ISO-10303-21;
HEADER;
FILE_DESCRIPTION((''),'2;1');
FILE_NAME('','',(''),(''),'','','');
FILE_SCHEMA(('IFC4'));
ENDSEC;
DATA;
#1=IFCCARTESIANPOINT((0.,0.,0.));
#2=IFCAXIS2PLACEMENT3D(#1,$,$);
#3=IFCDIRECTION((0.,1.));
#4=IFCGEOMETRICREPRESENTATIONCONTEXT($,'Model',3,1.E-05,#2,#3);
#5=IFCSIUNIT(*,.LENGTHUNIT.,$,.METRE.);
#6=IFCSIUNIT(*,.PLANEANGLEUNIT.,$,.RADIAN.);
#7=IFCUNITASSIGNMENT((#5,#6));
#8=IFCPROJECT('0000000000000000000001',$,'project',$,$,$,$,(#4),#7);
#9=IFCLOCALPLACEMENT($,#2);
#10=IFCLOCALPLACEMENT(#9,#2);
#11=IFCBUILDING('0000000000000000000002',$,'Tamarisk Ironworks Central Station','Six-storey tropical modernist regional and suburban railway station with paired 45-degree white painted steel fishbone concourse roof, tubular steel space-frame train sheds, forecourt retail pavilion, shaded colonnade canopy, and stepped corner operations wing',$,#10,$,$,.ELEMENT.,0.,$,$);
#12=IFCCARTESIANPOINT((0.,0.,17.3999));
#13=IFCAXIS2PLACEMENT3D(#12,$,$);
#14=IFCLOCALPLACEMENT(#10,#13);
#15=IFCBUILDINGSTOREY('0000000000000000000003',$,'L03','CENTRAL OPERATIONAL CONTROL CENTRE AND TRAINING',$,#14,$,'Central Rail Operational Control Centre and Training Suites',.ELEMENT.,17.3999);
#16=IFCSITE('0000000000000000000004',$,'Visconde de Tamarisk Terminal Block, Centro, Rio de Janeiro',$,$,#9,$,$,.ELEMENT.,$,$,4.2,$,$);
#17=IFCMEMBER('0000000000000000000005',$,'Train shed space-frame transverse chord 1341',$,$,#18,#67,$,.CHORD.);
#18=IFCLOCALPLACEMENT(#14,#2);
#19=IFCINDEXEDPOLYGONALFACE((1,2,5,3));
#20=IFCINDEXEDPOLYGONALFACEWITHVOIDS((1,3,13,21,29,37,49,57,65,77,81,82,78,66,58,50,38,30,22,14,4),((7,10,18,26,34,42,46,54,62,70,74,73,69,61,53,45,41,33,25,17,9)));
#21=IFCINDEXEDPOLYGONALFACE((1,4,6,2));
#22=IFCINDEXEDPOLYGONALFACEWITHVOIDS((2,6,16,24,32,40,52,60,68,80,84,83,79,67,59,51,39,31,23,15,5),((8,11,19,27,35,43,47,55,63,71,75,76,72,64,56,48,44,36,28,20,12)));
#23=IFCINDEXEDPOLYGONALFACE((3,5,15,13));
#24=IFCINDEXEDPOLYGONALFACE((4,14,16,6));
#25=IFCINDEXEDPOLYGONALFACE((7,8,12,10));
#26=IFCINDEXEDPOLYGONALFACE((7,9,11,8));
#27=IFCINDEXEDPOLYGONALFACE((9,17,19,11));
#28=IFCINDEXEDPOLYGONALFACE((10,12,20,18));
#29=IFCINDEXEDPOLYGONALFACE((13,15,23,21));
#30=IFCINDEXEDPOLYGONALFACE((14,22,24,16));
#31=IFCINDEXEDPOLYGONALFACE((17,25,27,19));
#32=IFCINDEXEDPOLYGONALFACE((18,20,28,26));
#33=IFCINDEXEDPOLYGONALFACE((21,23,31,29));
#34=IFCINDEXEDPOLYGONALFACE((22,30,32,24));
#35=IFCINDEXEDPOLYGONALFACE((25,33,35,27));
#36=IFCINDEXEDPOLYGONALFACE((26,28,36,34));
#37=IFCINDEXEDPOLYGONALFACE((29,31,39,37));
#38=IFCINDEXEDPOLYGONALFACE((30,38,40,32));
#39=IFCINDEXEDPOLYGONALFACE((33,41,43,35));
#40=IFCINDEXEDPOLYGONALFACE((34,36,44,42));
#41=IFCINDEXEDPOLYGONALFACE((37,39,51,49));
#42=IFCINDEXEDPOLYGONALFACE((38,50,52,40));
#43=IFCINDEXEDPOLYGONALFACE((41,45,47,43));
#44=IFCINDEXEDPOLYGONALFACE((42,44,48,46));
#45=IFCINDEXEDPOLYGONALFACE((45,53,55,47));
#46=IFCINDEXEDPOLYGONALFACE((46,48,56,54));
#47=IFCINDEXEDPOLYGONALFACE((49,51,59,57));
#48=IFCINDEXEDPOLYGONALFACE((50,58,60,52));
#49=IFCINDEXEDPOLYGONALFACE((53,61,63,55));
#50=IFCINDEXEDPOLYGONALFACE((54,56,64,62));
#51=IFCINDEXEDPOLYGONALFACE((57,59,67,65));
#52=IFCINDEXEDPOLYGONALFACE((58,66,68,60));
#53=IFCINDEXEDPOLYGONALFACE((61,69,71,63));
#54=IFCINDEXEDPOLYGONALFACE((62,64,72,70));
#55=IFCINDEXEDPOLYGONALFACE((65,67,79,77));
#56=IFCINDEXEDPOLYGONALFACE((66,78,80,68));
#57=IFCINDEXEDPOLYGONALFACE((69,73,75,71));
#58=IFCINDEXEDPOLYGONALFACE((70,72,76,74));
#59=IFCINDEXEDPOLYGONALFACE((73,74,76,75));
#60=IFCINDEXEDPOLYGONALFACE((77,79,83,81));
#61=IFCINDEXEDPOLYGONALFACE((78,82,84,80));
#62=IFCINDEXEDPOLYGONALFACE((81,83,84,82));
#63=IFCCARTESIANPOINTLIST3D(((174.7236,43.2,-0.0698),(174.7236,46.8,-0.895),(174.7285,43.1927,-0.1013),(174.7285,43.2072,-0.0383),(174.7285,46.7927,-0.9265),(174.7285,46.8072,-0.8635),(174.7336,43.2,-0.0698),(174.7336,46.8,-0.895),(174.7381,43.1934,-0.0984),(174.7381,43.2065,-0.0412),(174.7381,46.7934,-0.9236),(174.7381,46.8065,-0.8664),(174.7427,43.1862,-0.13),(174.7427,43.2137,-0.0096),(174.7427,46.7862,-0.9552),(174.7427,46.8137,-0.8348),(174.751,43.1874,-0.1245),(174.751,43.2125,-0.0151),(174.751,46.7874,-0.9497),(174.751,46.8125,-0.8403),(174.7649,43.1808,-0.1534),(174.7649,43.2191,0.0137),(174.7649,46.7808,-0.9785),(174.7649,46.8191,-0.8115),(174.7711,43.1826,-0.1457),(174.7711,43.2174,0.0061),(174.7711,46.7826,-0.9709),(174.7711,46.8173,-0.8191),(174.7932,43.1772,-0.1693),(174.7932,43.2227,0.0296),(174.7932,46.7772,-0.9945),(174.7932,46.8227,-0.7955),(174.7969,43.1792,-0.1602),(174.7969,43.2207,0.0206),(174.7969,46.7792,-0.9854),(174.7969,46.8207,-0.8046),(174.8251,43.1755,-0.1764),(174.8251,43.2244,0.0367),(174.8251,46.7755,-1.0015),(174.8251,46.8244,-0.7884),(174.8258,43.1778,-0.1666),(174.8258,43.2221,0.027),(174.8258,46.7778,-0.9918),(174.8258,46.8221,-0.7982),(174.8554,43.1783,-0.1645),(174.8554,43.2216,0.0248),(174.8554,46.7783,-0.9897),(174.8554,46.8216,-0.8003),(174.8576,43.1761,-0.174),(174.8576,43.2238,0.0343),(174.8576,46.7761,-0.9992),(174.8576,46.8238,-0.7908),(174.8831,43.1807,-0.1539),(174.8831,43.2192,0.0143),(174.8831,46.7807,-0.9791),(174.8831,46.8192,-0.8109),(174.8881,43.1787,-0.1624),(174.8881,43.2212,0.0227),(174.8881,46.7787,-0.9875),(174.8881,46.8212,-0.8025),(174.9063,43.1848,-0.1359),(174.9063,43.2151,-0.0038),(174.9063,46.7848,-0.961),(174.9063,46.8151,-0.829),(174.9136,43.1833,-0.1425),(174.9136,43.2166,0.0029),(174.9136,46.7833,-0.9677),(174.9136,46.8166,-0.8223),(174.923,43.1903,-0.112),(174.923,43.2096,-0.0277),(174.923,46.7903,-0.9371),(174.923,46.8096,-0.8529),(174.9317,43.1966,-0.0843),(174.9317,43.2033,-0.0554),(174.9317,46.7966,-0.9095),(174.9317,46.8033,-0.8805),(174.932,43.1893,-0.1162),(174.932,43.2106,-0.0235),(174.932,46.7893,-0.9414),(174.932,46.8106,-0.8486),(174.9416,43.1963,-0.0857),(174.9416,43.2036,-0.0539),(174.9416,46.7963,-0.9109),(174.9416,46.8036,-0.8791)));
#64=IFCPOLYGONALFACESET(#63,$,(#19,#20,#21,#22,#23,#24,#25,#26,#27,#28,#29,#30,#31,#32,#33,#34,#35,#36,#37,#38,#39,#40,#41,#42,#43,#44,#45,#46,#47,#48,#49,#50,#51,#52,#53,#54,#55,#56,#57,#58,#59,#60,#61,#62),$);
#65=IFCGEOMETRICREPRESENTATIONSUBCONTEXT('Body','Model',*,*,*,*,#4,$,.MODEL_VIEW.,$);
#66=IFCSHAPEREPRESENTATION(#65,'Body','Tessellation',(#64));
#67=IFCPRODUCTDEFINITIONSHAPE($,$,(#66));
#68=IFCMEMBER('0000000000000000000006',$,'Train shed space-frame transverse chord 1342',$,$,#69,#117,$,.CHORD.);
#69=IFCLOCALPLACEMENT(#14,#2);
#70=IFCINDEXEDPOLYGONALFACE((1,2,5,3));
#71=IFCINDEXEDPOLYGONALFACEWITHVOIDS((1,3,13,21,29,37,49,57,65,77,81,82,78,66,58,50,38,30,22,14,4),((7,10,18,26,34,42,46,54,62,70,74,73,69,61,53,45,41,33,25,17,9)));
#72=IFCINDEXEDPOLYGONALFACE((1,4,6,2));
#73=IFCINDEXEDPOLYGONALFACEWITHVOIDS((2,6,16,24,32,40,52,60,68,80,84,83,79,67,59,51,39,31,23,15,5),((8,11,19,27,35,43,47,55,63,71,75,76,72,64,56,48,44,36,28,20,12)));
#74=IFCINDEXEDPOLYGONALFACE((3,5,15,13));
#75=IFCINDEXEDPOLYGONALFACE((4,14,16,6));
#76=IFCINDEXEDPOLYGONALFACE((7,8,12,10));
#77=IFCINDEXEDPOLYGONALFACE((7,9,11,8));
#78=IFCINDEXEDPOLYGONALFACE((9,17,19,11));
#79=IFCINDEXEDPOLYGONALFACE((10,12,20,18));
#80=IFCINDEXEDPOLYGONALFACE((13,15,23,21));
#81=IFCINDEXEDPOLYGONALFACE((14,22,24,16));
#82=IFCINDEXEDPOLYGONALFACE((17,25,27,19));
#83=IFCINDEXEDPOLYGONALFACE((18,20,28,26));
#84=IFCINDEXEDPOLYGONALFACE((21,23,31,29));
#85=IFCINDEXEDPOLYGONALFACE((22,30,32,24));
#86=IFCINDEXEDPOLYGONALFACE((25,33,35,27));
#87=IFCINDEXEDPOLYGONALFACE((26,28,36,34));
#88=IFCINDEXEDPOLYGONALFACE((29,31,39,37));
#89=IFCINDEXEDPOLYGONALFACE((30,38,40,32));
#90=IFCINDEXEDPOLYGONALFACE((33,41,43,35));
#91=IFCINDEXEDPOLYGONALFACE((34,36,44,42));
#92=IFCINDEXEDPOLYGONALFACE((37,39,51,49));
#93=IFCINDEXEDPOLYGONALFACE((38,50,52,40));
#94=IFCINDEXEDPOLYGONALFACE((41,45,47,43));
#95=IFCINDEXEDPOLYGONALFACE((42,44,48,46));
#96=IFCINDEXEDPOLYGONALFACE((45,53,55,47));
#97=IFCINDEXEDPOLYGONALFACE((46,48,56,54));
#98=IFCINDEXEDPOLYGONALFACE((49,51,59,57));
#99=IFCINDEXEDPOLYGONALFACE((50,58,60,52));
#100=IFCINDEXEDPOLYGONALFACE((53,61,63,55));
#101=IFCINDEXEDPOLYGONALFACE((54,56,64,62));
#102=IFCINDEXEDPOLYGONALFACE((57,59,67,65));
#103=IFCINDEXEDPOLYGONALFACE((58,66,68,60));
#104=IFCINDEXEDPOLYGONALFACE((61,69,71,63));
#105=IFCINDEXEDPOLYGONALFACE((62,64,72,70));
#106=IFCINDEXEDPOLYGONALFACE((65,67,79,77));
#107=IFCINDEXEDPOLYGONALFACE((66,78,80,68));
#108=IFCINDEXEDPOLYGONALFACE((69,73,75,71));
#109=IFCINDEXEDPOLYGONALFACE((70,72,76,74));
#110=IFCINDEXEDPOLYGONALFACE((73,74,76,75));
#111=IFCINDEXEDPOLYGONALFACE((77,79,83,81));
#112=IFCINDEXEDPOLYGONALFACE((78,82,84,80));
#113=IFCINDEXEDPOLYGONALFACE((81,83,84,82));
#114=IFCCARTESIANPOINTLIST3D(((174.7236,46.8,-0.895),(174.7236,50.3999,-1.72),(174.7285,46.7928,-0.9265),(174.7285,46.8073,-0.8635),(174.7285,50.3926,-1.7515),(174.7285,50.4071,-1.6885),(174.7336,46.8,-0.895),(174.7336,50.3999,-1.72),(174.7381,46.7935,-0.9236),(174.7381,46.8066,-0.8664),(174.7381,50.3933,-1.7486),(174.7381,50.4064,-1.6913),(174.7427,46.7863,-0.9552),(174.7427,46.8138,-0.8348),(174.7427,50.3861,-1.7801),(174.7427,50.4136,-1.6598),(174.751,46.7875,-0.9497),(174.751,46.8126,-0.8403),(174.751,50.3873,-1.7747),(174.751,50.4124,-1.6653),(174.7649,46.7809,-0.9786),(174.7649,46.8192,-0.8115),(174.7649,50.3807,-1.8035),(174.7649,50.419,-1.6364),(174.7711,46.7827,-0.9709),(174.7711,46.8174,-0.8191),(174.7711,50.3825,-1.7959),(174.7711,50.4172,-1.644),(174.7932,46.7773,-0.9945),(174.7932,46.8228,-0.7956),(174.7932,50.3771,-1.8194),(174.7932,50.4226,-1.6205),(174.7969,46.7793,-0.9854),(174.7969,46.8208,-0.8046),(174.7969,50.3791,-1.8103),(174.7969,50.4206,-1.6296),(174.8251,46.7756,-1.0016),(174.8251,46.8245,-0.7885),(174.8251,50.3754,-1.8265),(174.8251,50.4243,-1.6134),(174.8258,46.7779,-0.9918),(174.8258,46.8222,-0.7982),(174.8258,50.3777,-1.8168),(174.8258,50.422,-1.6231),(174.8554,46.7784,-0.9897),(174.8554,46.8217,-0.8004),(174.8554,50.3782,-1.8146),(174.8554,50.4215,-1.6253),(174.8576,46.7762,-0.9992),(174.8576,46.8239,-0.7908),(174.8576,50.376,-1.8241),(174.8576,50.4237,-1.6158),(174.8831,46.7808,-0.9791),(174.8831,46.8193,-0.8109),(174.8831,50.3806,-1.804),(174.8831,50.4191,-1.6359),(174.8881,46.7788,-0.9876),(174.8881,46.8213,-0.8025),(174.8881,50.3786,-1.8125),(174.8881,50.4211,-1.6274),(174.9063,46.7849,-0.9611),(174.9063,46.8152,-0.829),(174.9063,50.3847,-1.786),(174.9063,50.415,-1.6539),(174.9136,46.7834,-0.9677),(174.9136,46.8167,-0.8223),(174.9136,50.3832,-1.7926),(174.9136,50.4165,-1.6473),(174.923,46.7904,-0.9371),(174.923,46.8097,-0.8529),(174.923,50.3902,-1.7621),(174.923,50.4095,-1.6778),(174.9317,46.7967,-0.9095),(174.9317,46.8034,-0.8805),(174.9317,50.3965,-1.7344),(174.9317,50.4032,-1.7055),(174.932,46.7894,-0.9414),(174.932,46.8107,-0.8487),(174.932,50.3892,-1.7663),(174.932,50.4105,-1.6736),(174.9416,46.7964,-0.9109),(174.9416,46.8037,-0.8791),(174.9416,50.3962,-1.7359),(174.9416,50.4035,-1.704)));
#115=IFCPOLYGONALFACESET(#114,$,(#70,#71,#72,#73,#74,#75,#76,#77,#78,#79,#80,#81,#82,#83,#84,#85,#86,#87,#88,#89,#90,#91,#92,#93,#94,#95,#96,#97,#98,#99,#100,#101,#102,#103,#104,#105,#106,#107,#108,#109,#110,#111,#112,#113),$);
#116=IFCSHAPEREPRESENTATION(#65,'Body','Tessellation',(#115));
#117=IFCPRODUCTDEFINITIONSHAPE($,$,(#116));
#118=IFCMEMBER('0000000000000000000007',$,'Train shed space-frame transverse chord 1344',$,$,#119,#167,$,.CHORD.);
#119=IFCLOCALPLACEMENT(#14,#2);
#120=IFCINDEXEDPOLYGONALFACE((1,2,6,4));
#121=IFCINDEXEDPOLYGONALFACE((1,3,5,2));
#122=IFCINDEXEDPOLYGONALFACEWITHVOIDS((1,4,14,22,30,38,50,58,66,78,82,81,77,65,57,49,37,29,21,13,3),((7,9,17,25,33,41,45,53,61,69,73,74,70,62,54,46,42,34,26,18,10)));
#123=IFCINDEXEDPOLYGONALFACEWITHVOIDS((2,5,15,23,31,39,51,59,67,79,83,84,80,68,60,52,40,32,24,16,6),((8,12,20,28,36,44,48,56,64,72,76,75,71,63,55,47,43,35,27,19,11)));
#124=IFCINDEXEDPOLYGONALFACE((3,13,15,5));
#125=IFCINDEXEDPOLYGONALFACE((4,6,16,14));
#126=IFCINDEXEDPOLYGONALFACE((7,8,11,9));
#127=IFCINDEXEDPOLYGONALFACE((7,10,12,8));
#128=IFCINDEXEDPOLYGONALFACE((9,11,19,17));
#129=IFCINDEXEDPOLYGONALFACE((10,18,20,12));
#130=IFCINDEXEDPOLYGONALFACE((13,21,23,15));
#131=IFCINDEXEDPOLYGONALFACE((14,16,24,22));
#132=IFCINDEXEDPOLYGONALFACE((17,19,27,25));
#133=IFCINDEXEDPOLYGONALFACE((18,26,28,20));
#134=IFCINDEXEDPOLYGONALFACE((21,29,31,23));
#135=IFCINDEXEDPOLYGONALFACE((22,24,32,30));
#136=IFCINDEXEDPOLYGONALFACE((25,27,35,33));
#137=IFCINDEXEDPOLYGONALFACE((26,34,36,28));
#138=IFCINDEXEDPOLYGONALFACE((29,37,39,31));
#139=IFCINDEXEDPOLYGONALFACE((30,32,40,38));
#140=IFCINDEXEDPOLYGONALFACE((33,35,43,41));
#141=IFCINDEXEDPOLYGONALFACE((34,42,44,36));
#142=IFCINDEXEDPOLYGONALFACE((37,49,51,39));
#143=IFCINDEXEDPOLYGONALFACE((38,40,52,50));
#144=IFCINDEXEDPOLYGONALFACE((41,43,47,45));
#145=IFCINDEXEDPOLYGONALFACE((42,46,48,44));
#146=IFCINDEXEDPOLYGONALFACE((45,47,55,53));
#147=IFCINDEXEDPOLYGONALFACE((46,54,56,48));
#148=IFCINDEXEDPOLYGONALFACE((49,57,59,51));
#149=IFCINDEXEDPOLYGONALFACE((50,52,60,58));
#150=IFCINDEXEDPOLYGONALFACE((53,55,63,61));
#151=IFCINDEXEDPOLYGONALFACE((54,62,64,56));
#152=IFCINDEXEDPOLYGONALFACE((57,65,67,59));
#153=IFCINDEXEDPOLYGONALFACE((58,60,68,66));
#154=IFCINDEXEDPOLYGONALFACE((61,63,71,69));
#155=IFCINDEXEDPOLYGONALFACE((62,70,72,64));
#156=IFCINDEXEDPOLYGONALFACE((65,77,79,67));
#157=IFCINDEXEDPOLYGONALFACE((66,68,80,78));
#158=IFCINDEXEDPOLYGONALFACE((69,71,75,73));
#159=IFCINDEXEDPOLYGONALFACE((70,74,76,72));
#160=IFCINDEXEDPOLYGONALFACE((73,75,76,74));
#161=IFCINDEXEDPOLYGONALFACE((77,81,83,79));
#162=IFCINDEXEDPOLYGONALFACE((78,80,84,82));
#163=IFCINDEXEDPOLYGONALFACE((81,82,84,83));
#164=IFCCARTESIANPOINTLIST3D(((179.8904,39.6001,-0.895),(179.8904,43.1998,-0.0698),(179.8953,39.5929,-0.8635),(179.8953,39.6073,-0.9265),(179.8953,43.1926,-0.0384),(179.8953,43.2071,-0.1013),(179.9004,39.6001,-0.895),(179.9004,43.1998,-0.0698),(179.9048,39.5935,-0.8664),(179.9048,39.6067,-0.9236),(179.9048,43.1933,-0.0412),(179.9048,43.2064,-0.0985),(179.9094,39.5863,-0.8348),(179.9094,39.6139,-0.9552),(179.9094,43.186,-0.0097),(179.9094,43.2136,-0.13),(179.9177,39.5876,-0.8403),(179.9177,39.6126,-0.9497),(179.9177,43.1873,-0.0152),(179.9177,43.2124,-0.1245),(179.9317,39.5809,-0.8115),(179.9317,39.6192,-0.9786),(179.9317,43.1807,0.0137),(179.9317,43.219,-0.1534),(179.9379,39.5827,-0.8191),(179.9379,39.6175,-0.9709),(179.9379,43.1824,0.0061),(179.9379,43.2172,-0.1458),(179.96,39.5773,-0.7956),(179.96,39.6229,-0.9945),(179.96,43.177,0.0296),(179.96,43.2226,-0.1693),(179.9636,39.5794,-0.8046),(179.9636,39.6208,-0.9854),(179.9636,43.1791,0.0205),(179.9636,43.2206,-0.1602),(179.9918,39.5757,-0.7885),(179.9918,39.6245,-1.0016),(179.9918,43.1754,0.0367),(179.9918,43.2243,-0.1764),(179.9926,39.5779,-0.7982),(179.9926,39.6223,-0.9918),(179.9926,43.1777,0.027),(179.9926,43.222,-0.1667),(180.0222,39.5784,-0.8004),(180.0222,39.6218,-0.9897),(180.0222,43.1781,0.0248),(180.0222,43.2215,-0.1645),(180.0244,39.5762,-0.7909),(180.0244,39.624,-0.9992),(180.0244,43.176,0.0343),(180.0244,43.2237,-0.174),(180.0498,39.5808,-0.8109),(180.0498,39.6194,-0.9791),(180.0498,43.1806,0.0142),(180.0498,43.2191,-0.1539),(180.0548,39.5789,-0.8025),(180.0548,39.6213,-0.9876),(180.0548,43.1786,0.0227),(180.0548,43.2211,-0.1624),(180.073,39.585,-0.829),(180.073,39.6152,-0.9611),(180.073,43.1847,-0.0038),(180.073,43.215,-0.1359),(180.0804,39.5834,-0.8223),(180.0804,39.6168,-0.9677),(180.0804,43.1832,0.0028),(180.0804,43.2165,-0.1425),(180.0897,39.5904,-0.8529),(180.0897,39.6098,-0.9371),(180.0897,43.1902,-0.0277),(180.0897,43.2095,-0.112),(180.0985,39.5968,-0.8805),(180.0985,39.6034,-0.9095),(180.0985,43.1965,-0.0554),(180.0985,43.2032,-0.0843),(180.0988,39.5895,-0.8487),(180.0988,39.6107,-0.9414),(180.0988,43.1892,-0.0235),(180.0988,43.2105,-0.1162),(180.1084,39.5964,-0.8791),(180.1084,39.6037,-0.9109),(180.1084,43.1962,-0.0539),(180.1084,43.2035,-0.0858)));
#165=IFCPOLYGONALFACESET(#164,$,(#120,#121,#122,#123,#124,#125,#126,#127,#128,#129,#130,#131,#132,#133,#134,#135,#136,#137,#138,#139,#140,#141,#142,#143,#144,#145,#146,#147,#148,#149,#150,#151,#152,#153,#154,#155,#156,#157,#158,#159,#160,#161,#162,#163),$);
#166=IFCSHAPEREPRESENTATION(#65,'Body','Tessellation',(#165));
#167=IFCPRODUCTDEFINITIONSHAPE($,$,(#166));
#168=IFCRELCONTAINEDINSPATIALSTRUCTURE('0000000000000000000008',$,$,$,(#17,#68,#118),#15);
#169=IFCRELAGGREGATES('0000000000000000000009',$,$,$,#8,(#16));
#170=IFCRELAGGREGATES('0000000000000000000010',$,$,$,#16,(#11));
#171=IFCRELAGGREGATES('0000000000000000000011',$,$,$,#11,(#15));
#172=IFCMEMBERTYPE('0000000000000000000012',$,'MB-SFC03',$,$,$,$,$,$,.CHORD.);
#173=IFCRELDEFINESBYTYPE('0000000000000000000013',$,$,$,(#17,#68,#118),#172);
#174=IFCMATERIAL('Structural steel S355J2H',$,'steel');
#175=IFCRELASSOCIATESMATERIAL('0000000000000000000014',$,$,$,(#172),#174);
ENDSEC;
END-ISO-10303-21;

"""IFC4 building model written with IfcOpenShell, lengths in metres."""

from ifc_helpers import new_model, si_unit, direction, frame, origin, origin_2d, place, context, subcontext, project, spatial, hollow_circle, extrude, material, material_profile, profile_set, type_object, element, save


model = new_model("IFC4")

# Units and contexts
model_context = context("Model", 3, precision=1e-05, world=origin(), true_north=direction((0.0, 1.0)))
body_context = subcontext(model_context, "Body", "Model", "MODEL_VIEW")
ifc_project = project(units=[si_unit("LENGTHUNIT", "METRE"), si_unit("PLANEANGLEUNIT", "RADIAN")], contexts=[model_context])

# Site, building, storey
site_placement = place(None, origin())
site = spatial("IfcSite", under=ifc_project, at=site_placement, Name="Visconde de Tamarisk Terminal Block, Centro, Rio de Janeiro", CompositionType="ELEMENT", RefElevation=4.2)
building_placement = place(site_placement, origin())
building = spatial("IfcBuilding", under=site, at=building_placement, Name="Tamarisk Ironworks Central Station", Description="Six-storey tropical modernist regional and suburban railway station with paired 45-degree white painted steel fishbone concourse roof, tubular steel space-frame train sheds, forecourt retail pavilion, shaded colonnade canopy, and stepped corner operations wing", CompositionType="ELEMENT", ElevationOfRefHeight=0.0)
storey_placement = place(building_placement, frame((0.0, 0.0, 17.3999)))
storey = spatial("IfcBuildingStorey", under=building, at=storey_placement, Name="L03", Description="CENTRAL OPERATIONAL CONTROL CENTRE AND TRAINING", LongName="Central Rail Operational Control Centre and Training Suites", CompositionType="ELEMENT", Elevation=17.3999)

# Members
ifc_material = material(Name="Structural steel S355J2H", Category="steel")
ifc_material_profile_1 = material_profile(ifc_material, hollow_circle(Radius=0.1096, WallThickness=0.01, at=origin_2d()), Name="CHS 219.1x10")
ifc_profile_set_1 = profile_set([ifc_material_profile_1], Name="Structural steel S355J2H")
member_type_1 = type_object("IfcMemberType", Name="MB-SFC03", PredefinedType="CHORD", material=ifc_profile_set_1)
member_1_placement = place(storey_placement, frame((174.8333, 43.2, -0.0698), z_axis=(0.0, 0.974722, -0.223421), x_axis=(-1.0, 0.0, 0.0)))
element("IfcMember", 1, at=member_1_placement, inside=storey, type_object=member_type_1, Name="Train shed space-frame transverse chord 1341", PredefinedType="CHORD", context=body_context, shape_type="SweptSolid", body=[
    extrude(hollow_circle(Radius=0.1096, WallThickness=0.01, at=origin_2d()), origin(), (0.0, 0.0, 1.0), 3.6934),
])
for number, where, z_axis, x_axis, name in (
    (2, (174.8333, 46.8, -0.895), (0.0, 0.974733, -0.223372), (-1.0, 0.0, 0.0), "Train shed space-frame transverse chord 1342"),
    (3, (180.0, 39.6001, -0.895), (0.0, 0.974719, 0.223435), (-1.0, 0.0, 0.0), "Train shed space-frame transverse chord 1344"),
):
    element("IfcMember", number, at=place(storey_placement, frame(where, z_axis=z_axis, x_axis=x_axis)), inside=storey, type_object=member_type_1, Name=name, PredefinedType="CHORD", context=body_context, shape_type="SweptSolid", body=[
        extrude(hollow_circle(Radius=0.1096, WallThickness=0.01, at=origin_2d()), origin(), (0.0, 0.0, 1.0), 3.6931),
    ])

save(model, "model.ifc")
